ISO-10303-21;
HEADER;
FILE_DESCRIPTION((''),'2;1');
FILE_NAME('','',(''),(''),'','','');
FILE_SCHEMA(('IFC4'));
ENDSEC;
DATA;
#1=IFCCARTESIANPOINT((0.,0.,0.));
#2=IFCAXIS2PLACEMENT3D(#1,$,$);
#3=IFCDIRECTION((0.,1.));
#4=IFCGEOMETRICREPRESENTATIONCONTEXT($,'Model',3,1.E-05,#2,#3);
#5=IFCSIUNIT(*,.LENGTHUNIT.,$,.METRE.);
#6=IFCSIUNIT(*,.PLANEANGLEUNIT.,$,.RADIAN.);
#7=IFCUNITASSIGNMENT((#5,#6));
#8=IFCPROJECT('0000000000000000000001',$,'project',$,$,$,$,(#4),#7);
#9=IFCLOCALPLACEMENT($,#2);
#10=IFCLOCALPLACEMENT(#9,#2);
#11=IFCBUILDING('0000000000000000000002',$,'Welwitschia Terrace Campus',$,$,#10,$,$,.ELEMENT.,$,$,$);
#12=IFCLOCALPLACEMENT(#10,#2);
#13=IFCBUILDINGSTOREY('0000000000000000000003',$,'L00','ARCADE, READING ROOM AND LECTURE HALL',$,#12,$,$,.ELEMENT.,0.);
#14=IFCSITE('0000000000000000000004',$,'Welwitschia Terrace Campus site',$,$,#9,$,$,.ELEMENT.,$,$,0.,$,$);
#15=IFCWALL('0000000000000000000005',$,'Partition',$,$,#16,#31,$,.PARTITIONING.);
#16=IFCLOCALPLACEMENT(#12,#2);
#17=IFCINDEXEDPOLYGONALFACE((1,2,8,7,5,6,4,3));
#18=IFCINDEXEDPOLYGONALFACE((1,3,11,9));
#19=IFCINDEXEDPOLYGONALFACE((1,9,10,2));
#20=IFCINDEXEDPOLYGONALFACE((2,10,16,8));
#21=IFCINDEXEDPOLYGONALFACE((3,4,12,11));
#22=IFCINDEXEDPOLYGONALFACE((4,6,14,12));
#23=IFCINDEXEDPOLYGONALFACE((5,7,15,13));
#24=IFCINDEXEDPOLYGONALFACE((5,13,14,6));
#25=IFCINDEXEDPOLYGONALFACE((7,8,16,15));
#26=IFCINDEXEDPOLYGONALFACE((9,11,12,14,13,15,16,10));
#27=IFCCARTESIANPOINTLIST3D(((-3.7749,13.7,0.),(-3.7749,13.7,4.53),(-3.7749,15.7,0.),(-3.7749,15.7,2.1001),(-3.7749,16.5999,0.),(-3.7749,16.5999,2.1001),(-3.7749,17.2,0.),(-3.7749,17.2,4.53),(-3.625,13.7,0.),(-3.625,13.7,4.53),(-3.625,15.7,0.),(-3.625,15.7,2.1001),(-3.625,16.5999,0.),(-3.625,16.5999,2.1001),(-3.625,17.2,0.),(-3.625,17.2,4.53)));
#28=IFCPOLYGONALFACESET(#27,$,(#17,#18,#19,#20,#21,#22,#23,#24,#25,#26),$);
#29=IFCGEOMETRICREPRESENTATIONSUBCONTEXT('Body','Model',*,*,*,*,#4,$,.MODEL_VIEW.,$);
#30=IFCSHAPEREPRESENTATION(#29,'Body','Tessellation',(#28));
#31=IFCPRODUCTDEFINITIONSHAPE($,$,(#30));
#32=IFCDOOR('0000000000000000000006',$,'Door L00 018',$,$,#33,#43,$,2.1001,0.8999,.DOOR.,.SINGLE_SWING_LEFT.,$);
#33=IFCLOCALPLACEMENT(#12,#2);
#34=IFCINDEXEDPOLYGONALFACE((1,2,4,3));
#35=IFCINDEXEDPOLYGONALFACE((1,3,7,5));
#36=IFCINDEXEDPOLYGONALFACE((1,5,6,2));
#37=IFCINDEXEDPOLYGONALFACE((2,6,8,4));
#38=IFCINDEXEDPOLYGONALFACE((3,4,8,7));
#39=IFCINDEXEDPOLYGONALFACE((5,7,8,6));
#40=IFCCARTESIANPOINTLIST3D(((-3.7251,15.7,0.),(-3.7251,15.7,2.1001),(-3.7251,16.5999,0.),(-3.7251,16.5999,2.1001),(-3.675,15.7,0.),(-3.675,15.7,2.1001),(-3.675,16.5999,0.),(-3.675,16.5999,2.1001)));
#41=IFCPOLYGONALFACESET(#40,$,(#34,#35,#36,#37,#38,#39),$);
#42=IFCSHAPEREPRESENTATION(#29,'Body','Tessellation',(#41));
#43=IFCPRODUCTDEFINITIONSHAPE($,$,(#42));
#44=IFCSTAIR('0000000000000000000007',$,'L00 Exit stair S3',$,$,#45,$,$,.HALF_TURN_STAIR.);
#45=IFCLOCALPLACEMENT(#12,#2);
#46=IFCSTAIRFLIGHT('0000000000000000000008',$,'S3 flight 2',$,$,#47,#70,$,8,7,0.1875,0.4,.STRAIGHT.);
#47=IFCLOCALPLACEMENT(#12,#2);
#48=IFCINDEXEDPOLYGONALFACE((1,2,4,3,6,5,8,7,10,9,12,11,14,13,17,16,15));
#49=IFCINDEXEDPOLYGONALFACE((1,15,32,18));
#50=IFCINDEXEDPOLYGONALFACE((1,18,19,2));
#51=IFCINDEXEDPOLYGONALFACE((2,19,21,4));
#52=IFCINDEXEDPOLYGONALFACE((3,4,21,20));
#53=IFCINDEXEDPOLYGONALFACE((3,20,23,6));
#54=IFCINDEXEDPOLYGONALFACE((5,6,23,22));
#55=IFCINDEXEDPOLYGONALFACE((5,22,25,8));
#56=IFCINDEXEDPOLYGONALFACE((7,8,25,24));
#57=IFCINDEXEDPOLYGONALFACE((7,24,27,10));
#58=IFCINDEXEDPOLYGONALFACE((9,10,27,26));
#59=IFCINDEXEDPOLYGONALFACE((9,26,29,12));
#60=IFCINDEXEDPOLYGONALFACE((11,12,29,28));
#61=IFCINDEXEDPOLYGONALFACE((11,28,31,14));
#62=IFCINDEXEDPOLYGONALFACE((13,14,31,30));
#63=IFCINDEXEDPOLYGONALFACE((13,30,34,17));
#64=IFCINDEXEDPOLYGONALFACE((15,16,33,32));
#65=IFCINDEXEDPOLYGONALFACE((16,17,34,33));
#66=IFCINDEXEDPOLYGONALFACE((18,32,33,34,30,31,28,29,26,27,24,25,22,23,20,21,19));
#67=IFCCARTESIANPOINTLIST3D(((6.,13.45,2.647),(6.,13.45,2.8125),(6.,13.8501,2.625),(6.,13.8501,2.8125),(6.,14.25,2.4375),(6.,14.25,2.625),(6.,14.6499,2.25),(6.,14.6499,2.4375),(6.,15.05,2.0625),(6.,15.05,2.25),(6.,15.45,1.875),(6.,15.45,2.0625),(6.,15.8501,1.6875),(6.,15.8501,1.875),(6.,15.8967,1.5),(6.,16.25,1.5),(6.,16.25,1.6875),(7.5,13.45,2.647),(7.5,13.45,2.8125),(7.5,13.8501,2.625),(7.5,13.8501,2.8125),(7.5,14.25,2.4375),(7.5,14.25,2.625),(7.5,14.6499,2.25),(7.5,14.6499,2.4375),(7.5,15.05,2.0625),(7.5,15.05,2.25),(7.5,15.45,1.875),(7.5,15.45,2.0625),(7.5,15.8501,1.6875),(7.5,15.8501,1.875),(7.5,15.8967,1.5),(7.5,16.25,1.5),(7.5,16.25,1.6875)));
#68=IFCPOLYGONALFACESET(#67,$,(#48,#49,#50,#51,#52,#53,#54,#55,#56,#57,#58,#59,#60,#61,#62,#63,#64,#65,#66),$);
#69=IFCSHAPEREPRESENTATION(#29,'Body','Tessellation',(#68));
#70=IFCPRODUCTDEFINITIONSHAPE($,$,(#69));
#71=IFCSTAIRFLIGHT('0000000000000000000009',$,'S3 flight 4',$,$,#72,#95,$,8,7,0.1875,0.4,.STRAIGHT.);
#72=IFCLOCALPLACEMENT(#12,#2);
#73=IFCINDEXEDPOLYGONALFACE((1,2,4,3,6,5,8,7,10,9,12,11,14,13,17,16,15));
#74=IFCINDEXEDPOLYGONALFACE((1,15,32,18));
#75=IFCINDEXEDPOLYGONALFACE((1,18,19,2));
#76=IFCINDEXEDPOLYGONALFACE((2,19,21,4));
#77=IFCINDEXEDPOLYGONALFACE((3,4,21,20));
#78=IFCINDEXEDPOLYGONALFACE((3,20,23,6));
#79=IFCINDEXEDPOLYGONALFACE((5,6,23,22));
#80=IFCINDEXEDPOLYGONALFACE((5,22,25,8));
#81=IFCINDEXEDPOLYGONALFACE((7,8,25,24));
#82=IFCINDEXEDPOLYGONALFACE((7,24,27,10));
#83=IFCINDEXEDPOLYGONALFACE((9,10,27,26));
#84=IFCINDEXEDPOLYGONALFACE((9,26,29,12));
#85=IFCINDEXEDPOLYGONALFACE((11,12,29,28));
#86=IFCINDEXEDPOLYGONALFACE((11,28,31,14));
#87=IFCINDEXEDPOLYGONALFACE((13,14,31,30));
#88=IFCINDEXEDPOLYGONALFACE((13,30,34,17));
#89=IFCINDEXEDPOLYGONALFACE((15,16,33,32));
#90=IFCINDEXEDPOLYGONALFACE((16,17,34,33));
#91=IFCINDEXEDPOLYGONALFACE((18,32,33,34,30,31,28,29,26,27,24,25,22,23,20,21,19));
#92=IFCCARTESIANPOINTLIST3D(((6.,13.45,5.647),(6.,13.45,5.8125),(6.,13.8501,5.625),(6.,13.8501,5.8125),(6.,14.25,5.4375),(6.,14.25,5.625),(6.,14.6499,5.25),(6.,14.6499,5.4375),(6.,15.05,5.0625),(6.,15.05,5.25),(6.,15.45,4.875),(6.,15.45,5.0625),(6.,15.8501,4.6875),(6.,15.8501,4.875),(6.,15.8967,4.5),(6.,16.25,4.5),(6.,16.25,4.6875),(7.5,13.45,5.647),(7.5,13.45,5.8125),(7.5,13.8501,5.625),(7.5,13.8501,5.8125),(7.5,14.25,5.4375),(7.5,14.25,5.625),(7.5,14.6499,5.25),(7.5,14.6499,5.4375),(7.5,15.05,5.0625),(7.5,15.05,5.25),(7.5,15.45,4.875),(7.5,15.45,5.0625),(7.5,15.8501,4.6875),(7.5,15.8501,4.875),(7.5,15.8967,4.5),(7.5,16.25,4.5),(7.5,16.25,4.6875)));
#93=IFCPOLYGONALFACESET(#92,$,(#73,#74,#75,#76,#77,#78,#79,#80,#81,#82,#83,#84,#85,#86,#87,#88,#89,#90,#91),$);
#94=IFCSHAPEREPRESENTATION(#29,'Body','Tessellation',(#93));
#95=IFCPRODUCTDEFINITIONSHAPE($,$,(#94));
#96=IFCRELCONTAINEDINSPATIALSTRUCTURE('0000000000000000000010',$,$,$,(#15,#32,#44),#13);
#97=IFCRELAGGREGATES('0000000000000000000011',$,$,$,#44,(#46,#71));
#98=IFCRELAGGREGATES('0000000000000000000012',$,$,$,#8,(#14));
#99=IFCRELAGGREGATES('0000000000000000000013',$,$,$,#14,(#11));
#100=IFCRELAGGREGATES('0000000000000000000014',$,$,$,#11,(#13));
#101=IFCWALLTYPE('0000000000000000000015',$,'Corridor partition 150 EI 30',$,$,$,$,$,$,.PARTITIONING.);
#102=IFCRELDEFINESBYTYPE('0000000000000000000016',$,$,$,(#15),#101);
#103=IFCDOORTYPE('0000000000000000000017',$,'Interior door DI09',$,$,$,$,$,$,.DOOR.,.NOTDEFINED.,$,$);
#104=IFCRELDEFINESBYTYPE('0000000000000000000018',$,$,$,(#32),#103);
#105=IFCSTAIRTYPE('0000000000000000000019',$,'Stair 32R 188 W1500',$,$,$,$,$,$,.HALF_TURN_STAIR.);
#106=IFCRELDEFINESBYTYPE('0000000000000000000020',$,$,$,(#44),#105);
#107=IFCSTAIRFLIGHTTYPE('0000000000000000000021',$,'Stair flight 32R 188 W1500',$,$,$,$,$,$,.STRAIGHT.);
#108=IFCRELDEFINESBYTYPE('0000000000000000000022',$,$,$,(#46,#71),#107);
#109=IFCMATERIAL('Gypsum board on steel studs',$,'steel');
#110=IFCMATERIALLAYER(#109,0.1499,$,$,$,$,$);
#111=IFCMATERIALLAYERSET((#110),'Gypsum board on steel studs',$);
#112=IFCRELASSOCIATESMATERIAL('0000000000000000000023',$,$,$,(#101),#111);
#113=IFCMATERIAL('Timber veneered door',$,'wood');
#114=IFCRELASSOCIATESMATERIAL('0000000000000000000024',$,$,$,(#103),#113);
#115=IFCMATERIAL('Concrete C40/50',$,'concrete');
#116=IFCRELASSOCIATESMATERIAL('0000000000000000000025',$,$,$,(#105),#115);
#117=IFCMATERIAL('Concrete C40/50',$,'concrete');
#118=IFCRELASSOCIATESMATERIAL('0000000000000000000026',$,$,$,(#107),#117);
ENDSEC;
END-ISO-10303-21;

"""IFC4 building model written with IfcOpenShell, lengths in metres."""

from ifc_helpers import new_model, si_unit, direction, frame, frame_2d, origin, place, context, subcontext, project, spatial, polyline, rectangle, outline, extrude, material, layer, layer_set, type_object, element, fill, aggregate, save


model = new_model("IFC4")

# Units and contexts
model_context = context("Model", 3, precision=1e-05, world=origin(), true_north=direction((0.0, 1.0)))
body_context = subcontext(model_context, "Body", "Model", "MODEL_VIEW")
ifc_project = project(units=[si_unit("LENGTHUNIT", "METRE"), si_unit("PLANEANGLEUNIT", "RADIAN")], contexts=[model_context])

# Site, building, storey
site_placement = place(None, origin())
site = spatial("IfcSite", under=ifc_project, at=site_placement, Name="Welwitschia Terrace Campus site", CompositionType="ELEMENT", RefElevation=0.0)
building_placement = place(site_placement, origin())
building = spatial("IfcBuilding", under=site, at=building_placement, Name="Welwitschia Terrace Campus", CompositionType="ELEMENT")
storey_placement = place(building_placement, origin())
storey = spatial("IfcBuildingStorey", under=building, at=storey_placement, Name="L00", Description="ARCADE, READING ROOM AND LECTURE HALL", CompositionType="ELEMENT", Elevation=0.0)

# Wall, opening, door
ifc_material_1 = material(Name="Gypsum board on steel studs", Category="steel")
ifc_layer_1 = layer(ifc_material_1, 0.1499)
ifc_layer_set_1 = layer_set([ifc_layer_1], Name="Gypsum board on steel studs")
wall_type_1 = type_object("IfcWallType", Name="Corridor partition 150 EI 30", PredefinedType="PARTITIONING", material=ifc_layer_set_1)
wall_1_placement = place(storey_placement, frame((-3.7, 17.2, 0.0), z_axis=(0.0, 0.0, 1.0), x_axis=(0.0, -1.0, 0.0)))
wall_1 = element("IfcWall", 1, at=wall_1_placement, inside=storey, type_object=wall_type_1, Name="Partition", PredefinedType="PARTITIONING", context=body_context, shape_type="SweptSolid", body=[
    extrude(rectangle(XDim=3.5, YDim=0.1499, at=frame_2d((1.75, 0.0))), origin(), (0.0, 0.0, 1.0), 4.53),
])
opening_1_placement = place(wall_1_placement, frame((0.6001, 0.0, 0.0)))
opening_1 = element("IfcOpeningElement", 2, at=opening_1_placement, cuts=wall_1, PredefinedType="OPENING", context=body_context, shape_type="SweptSolid", body=[
    extrude(rectangle(XDim=0.8999, YDim=2.1001, at=frame_2d((0.45, 1.05))), frame((0.0, 0.085, 0.0), z_axis=(0.0, -1.0, 0.0), x_axis=(1.0, 0.0, 0.0)), (0.0, 0.0, 1.0), 0.1699),
])
ifc_material_2 = material(Name="Timber veneered door", Category="wood")
door_type_1 = type_object("IfcDoorType", Name="Interior door DI09", OperationType="NOTDEFINED", PredefinedType="DOOR", material=ifc_material_2)
door_1_placement = place(opening_1_placement, origin())
door_1 = element("IfcDoor", 3, at=door_1_placement, inside=storey, type_object=door_type_1, Name="Door L00 018", OperationType="SINGLE_SWING_LEFT", OverallHeight=2.1001, OverallWidth=0.8999, PredefinedType="DOOR", context=body_context, shape_type="SweptSolid", body=[
    extrude(rectangle(XDim=0.8999, YDim=2.1001, at=frame_2d((0.45, 1.05))), frame((0.0, 0.0249, 0.0), z_axis=(0.0, -1.0, 0.0), x_axis=(1.0, 0.0, 0.0)), (0.0, 0.0, 1.0), 0.05),
])
fill(opening_1, door_1)

# Stair, stair flights
ifc_material_3 = material(Name="Concrete C40/50", Category="concrete")
stair_type = type_object("IfcStairType", Name="Stair 32R 188 W1500", PredefinedType="HALF_TURN_STAIR", material=ifc_material_3)
stair_placement = place(storey_placement, origin())
stair = element("IfcStair", 4, at=stair_placement, inside=storey, type_object=stair_type, Name="L00 Exit stair S3", PredefinedType="HALF_TURN_STAIR")
ifc_material_4 = material(Name="Concrete C40/50", Category="concrete")
stair_flight_type = type_object("IfcStairFlightType", Name="Stair flight 32R 188 W1500", PredefinedType="STRAIGHT", material=ifc_material_4)
stair_flight_1_placement = place(storey_placement, frame((6.75, 16.25, 1.5), z_axis=(0.0, 0.0, 1.0), x_axis=(0.0, -1.0, 0.0)))
stair_flight_1 = element("IfcStairFlight", 5, at=stair_flight_1_placement, type_object=stair_flight_type, Name="S3 flight 2", NumberOfRisers=8, NumberOfTreads=7, PredefinedType="STRAIGHT", RiserHeight=0.1875, TreadLength=0.4, context=body_context, shape_type="SweptSolid", body=[
    extrude(outline(polyline([(0.0, 0.0), (0.0, 0.1875), (0.3999, 0.1875), (0.3999, 0.375), (0.8, 0.375), (0.8, 0.5625), (1.2, 0.5625), (1.2, 0.75), (1.6001, 0.75), (1.6001, 0.9375), (2.0, 0.9375), (2.0, 1.125), (2.3999, 1.125), (2.3999, 1.3125), (2.8, 1.3125), (2.8, 1.5), (2.8, 1.147), (0.3533, 0.0), (0.0, 0.0)])), frame((0.0, 0.75, 0.0), z_axis=(0.0, -1.0, 0.0), x_axis=(1.0, 0.0, 0.0)), (0.0, 0.0, 1.0), 1.5),
])
stair_flight_2_placement = place(storey_placement, frame((6.75, 16.25, 4.5), z_axis=(0.0, 0.0, 1.0), x_axis=(0.0, -1.0, 0.0)))
stair_flight_2 = element("IfcStairFlight", 6, at=stair_flight_2_placement, type_object=stair_flight_type, Name="S3 flight 4", NumberOfRisers=8, NumberOfTreads=7, PredefinedType="STRAIGHT", RiserHeight=0.1875, TreadLength=0.4, context=body_context, shape_type="SweptSolid", body=[
    extrude(outline(polyline([(0.0, 0.0), (0.0, 0.1875), (0.3999, 0.1875), (0.3999, 0.375), (0.8, 0.375), (0.8, 0.5625), (1.2, 0.5625), (1.2, 0.75), (1.6001, 0.75), (1.6001, 0.9375), (2.0, 0.9375), (2.0, 1.125), (2.3999, 1.125), (2.3999, 1.3125), (2.8, 1.3125), (2.8, 1.5), (2.8, 1.147), (0.3533, 0.0), (0.0, 0.0)])), frame((0.0, 0.75, 0.0), z_axis=(0.0, -1.0, 0.0), x_axis=(1.0, 0.0, 0.0)), (0.0, 0.0, 1.0), 1.5),
])
aggregate(stair, [stair_flight_1, stair_flight_2])

save(model, "model.ifc")
